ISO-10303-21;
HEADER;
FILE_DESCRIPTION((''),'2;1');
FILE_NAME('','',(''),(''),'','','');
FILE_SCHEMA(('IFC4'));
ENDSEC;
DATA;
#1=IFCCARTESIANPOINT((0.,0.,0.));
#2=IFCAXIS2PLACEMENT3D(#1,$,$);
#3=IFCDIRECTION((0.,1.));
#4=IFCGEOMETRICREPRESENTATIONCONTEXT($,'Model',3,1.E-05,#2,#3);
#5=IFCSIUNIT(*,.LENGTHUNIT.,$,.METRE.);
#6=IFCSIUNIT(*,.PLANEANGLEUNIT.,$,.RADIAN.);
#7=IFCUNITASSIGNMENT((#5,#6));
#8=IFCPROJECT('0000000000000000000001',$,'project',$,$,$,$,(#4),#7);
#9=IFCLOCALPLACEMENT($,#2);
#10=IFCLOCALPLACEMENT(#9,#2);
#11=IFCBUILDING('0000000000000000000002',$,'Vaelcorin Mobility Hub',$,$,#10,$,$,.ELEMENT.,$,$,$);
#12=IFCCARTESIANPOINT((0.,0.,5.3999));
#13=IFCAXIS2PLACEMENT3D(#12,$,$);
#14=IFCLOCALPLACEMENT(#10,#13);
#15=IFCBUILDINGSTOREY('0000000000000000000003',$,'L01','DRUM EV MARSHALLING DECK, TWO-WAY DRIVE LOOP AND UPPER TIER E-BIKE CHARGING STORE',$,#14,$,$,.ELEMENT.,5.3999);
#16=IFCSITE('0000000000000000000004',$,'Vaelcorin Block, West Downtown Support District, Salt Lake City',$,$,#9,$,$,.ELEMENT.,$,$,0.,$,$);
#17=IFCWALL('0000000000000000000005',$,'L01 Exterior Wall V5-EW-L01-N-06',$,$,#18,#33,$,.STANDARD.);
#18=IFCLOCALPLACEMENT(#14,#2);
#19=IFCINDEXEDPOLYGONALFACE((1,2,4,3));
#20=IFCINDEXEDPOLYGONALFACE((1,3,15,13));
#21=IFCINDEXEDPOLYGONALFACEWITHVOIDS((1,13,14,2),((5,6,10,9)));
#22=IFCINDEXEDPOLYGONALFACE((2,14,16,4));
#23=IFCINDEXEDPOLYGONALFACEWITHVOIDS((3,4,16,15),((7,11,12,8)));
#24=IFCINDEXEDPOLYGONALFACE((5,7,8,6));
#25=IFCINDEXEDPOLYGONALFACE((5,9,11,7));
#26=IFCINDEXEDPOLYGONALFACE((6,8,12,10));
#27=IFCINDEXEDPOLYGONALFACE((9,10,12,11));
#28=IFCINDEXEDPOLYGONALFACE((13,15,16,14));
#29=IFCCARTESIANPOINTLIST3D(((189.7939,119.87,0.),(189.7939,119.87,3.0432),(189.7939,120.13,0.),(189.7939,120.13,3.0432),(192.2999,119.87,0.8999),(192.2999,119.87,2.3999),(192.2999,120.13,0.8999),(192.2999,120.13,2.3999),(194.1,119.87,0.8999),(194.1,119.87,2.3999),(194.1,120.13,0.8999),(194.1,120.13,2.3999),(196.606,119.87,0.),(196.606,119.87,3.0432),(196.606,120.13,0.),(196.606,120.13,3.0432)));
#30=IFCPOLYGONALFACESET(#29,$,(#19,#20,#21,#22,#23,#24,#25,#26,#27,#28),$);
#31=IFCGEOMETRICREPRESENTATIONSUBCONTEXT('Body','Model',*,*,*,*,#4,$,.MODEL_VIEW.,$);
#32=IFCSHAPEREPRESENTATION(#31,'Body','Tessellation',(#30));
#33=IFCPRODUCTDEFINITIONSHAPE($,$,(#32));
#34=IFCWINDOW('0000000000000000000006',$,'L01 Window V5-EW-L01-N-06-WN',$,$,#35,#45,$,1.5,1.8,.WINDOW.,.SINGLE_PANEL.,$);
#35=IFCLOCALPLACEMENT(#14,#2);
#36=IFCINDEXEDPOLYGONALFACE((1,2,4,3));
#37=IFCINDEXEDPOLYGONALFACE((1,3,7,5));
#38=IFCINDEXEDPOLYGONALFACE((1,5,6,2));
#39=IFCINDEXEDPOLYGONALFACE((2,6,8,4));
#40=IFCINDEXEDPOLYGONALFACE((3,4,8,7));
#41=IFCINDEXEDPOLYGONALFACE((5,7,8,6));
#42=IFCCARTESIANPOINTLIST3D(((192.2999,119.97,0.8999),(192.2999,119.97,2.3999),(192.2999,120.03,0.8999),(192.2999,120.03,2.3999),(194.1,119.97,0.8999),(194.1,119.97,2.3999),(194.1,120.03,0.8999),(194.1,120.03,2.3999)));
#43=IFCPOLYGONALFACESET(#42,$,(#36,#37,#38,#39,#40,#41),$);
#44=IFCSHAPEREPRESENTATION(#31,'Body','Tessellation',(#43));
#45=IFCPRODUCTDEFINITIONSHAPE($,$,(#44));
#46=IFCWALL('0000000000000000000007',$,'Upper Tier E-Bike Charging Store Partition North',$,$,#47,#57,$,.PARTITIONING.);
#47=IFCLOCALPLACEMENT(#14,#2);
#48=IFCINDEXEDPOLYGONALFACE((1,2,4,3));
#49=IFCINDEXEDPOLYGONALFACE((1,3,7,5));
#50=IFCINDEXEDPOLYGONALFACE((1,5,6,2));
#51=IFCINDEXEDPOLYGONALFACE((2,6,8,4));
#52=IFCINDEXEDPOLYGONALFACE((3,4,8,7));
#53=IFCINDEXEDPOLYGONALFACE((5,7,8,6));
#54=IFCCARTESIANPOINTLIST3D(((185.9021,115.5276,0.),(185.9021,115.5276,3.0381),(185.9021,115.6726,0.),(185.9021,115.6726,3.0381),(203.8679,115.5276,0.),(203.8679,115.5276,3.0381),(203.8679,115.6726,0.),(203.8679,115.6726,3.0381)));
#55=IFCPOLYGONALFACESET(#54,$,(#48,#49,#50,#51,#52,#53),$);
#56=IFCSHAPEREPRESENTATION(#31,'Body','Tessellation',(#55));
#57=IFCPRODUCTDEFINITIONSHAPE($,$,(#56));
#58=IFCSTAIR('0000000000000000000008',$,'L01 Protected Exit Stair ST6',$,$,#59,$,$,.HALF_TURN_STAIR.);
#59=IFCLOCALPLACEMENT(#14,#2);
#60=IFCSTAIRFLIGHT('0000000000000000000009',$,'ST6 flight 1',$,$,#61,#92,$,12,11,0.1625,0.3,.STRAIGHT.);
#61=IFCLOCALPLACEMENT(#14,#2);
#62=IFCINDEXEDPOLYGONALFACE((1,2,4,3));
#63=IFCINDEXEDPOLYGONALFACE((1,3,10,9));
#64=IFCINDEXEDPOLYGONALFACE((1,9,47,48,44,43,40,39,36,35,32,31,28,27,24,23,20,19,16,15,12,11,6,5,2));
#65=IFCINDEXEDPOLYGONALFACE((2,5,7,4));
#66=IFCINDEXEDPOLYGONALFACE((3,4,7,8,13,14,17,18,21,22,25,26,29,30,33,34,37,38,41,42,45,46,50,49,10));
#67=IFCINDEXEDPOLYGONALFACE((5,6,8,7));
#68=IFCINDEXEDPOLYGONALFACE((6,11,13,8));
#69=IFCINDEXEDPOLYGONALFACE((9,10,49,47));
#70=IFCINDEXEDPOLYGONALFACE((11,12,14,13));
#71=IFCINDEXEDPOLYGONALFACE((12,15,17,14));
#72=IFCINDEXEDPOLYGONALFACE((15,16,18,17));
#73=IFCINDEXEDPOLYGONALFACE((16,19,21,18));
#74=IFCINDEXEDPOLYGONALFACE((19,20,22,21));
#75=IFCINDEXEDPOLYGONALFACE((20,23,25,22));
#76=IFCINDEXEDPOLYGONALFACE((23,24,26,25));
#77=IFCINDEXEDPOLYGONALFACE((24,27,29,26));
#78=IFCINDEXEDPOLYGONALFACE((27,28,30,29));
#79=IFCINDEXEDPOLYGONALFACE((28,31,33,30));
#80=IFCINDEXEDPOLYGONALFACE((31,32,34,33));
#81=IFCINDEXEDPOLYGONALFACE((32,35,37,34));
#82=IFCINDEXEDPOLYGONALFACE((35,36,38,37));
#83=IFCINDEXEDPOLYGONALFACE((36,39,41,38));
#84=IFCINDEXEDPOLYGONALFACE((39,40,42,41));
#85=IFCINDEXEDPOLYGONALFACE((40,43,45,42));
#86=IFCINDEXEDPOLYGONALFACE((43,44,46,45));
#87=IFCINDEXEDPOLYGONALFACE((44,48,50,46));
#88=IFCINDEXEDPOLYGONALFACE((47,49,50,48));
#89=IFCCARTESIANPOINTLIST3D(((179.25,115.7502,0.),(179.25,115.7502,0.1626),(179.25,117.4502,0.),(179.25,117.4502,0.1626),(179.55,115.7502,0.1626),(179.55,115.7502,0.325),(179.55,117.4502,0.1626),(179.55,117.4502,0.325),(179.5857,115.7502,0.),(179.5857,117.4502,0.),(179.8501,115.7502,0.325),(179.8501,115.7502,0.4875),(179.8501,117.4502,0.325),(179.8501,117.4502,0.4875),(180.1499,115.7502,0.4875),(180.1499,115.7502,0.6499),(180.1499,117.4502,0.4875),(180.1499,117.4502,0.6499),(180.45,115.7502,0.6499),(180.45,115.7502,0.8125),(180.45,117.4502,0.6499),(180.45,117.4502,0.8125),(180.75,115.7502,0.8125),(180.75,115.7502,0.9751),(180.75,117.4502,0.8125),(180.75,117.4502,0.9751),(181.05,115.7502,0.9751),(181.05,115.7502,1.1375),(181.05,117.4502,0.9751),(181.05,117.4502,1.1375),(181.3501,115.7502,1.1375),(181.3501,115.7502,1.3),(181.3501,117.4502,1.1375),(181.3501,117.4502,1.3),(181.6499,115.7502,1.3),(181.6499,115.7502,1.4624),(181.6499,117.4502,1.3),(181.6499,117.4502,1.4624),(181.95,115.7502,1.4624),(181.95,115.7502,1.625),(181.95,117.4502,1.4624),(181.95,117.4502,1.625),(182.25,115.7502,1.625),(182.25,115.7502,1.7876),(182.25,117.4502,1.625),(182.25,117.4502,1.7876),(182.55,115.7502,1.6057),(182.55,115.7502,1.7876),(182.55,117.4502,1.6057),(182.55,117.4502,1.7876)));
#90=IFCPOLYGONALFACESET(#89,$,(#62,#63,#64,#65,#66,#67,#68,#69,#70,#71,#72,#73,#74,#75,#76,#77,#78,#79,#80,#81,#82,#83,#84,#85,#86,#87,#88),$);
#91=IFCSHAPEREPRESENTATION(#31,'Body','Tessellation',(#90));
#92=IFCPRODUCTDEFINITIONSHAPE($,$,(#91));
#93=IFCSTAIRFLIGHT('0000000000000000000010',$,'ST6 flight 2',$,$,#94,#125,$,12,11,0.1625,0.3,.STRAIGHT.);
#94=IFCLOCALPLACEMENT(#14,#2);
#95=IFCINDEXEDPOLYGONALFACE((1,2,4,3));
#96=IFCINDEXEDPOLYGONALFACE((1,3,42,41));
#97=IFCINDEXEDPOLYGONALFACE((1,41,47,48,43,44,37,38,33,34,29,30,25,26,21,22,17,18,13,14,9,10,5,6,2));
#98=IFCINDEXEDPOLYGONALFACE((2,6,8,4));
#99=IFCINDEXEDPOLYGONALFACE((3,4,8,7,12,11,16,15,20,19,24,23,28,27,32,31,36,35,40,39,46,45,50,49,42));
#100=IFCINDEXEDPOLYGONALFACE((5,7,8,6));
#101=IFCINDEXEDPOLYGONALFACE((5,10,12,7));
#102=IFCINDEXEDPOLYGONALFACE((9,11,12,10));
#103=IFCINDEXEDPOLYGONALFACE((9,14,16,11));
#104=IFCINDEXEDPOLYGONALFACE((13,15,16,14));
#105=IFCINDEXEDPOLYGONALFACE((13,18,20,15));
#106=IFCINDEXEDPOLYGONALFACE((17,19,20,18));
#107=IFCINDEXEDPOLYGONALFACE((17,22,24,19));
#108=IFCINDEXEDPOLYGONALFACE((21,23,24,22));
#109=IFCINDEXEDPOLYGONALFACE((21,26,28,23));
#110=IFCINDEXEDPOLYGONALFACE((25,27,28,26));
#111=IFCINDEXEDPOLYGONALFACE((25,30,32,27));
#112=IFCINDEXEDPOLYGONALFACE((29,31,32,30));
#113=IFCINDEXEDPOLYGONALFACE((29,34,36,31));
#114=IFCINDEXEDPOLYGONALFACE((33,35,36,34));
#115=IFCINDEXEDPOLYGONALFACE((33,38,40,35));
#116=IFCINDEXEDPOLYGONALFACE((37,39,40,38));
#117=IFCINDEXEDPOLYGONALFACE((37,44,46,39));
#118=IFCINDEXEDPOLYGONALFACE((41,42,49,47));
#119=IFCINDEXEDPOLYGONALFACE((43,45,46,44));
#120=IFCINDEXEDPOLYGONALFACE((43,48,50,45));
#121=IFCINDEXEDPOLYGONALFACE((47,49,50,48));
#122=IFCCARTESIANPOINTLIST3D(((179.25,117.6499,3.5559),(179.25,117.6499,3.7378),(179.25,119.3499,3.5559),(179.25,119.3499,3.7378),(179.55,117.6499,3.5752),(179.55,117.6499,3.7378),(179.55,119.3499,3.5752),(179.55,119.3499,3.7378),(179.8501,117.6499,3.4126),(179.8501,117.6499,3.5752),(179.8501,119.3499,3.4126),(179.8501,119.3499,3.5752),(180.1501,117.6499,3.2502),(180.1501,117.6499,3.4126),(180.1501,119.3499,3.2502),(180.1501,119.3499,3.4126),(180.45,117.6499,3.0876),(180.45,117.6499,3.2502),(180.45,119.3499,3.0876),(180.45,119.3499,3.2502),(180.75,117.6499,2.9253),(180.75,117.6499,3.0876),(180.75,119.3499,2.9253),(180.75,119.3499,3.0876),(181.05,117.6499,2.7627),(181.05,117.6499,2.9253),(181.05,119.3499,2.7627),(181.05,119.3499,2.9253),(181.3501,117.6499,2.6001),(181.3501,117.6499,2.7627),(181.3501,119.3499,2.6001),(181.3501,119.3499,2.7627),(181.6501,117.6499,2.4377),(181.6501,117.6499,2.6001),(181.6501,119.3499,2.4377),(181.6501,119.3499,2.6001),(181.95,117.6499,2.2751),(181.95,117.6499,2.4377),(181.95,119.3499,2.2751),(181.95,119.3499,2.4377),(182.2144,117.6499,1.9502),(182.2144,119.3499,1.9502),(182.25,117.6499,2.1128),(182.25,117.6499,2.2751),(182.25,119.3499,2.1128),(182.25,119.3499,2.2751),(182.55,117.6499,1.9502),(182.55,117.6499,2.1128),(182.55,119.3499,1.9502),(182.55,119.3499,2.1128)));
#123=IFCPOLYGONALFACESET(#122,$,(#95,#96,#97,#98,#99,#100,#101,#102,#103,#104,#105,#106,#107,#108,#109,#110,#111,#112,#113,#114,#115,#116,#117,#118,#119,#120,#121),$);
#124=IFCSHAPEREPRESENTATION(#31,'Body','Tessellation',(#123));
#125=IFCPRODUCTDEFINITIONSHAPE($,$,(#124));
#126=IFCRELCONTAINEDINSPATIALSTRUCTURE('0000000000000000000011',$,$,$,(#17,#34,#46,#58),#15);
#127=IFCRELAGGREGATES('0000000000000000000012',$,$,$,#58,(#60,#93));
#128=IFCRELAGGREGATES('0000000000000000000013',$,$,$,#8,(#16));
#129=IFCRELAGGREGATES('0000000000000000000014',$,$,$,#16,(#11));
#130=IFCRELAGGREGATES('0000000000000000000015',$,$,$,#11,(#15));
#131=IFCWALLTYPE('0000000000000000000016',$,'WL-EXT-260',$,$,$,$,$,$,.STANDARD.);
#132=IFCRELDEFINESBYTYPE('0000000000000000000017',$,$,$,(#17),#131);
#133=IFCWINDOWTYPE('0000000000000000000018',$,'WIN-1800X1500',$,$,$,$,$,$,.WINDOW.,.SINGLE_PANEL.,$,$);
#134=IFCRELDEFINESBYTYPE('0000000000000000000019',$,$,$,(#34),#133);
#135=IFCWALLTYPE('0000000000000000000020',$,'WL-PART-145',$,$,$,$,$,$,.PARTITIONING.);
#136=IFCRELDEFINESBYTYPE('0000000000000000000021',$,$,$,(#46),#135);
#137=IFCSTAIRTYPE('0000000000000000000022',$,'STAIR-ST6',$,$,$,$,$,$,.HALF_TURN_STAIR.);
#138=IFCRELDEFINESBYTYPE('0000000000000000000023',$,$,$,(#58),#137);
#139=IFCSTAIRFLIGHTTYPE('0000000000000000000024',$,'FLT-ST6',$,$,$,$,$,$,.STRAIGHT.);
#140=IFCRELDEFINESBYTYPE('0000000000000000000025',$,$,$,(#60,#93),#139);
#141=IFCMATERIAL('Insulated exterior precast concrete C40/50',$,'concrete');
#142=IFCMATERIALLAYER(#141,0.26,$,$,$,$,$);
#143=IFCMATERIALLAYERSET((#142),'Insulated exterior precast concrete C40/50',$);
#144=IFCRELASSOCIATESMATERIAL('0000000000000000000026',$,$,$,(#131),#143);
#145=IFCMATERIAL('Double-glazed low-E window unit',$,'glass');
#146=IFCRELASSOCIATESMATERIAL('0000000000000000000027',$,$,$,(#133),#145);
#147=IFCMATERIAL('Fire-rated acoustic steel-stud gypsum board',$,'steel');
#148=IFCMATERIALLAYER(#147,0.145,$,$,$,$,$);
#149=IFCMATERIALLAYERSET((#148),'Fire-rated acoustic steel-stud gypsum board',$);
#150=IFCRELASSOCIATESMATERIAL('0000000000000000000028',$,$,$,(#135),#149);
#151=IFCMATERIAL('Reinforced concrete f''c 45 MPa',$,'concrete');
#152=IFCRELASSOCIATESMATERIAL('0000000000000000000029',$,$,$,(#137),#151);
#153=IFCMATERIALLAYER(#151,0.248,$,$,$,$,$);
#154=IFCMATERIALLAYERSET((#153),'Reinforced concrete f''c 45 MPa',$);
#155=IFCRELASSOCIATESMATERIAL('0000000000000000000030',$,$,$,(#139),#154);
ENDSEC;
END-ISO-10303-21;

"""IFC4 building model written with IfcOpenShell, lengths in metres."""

from ifc_helpers import new_model, si_unit, direction, frame, frame_2d, origin, place, context, subcontext, project, spatial, polyline, rectangle, outline, extrude, material, layer, layer_set, type_object, element, fill, aggregate, save


model = new_model("IFC4")

# Units and contexts
model_context = context("Model", 3, precision=1e-05, world=origin(), true_north=direction((0.0, 1.0)))
body_context = subcontext(model_context, "Body", "Model", "MODEL_VIEW")
ifc_project = project(units=[si_unit("LENGTHUNIT", "METRE"), si_unit("PLANEANGLEUNIT", "RADIAN")], contexts=[model_context])

# Site, building, storey
site_placement = place(None, origin())
site = spatial("IfcSite", under=ifc_project, at=site_placement, Name="Vaelcorin Block, West Downtown Support District, Salt Lake City", CompositionType="ELEMENT", RefElevation=0.0)
building_placement = place(site_placement, origin())
building = spatial("IfcBuilding", under=site, at=building_placement, Name="Vaelcorin Mobility Hub", CompositionType="ELEMENT")
storey_placement = place(building_placement, frame((0.0, 0.0, 5.3999)))
storey = spatial("IfcBuildingStorey", under=building, at=storey_placement, Name="L01", Description="DRUM EV MARSHALLING DECK, TWO-WAY DRIVE LOOP AND UPPER TIER E-BIKE CHARGING STORE", CompositionType="ELEMENT", Elevation=5.3999)

# Shared definitions
ifc_material_1 = material(Name="Reinforced concrete f'c 45 MPa", Category="concrete")

# Wall, opening, window
ifc_material_2 = material(Name="Insulated exterior precast concrete C40/50", Category="concrete")
ifc_layer_1 = layer(ifc_material_2, 0.26)
ifc_layer_set_1 = layer_set([ifc_layer_1], Name="Insulated exterior precast concrete C40/50")
wall_type_1 = type_object("IfcWallType", Name="WL-EXT-260", PredefinedType="STANDARD", material=ifc_layer_set_1)
wall_1_placement = place(storey_placement, frame((189.7939, 120.0, 0.0), z_axis=(0.0, 0.0, 1.0), x_axis=(1.0, 0.0, 0.0)))
wall_1 = element("IfcWall", 1, at=wall_1_placement, inside=storey, type_object=wall_type_1, Name="L01 Exterior Wall V5-EW-L01-N-06", PredefinedType="STANDARD", context=body_context, shape_type="SweptSolid", body=[
    extrude(rectangle(XDim=6.812, YDim=0.26, at=frame_2d((3.406, 0.0))), origin(), (0.0, 0.0, 1.0), 3.0432),
])
opening_placement = place(wall_1_placement, frame((2.5061, 0.0, 0.8999)))
opening = element("IfcOpeningElement", 2, at=opening_placement, cuts=wall_1, PredefinedType="OPENING", context=body_context, shape_type="SweptSolid", body=[
    extrude(rectangle(XDim=1.8, YDim=1.5, at=frame_2d((0.8999, 0.75))), frame((0.0, 0.1399, 0.0), z_axis=(0.0, -1.0, 0.0), x_axis=(1.0, 0.0, 0.0)), (0.0, 0.0, 1.0), 0.28),
])
ifc_material_3 = material(Name="Double-glazed low-E window unit", Category="glass")
window_type = type_object("IfcWindowType", Name="WIN-1800X1500", PartitioningType="SINGLE_PANEL", PredefinedType="WINDOW", material=ifc_material_3)
window_placement = place(opening_placement, origin())
window = element("IfcWindow", 3, at=window_placement, inside=storey, type_object=window_type, Name="L01 Window V5-EW-L01-N-06-WN", OverallHeight=1.5, OverallWidth=1.8, PartitioningType="SINGLE_PANEL", PredefinedType="WINDOW", context=body_context, shape_type="SweptSolid", body=[
    extrude(rectangle(XDim=1.8, YDim=1.5, at=frame_2d((0.8999, 0.75))), frame((0.0, 0.03, 0.0), z_axis=(0.0, -1.0, 0.0), x_axis=(1.0, 0.0, 0.0)), (0.0, 0.0, 1.0), 0.0601),
])
fill(opening, window)

# Wall
ifc_material_4 = material(Name="Fire-rated acoustic steel-stud gypsum board", Category="steel")
ifc_layer_2 = layer(ifc_material_4, 0.145)
ifc_layer_set_2 = layer_set([ifc_layer_2], Name="Fire-rated acoustic steel-stud gypsum board")
wall_type_2 = type_object("IfcWallType", Name="WL-PART-145", PredefinedType="PARTITIONING", material=ifc_layer_set_2)
wall_2_placement = place(storey_placement, frame((185.9021, 115.6001, 0.0), z_axis=(0.0, 0.0, 1.0), x_axis=(1.0, 0.0, 0.0)))
element("IfcWall", 4, at=wall_2_placement, inside=storey, type_object=wall_type_2, Name="Upper Tier E-Bike Charging Store Partition North", PredefinedType="PARTITIONING", context=body_context, shape_type="SweptSolid", body=[
    extrude(rectangle(XDim=17.9658, YDim=0.145, at=frame_2d((8.9829, 0.0))), origin(), (0.0, 0.0, 1.0), 3.0381),
])

# Stair, stair flights
stair_type = type_object("IfcStairType", Name="STAIR-ST6", PredefinedType="HALF_TURN_STAIR", material=ifc_material_1)
stair_placement = place(storey_placement, origin())
stair = element("IfcStair", 5, at=stair_placement, inside=storey, type_object=stair_type, Name="L01 Protected Exit Stair ST6", PredefinedType="HALF_TURN_STAIR")
ifc_layer_3 = layer(ifc_material_1, 0.248)
ifc_layer_set_3 = layer_set([ifc_layer_3], Name="Reinforced concrete f'c 45 MPa")
stair_flight_type = type_object("IfcStairFlightType", Name="FLT-ST6", PredefinedType="STRAIGHT", material=ifc_layer_set_3)
stair_flight_1_placement = place(storey_placement, frame((179.25, 116.6001, 0.0), z_axis=(0.0, 0.0, 1.0), x_axis=(1.0, 0.0, 0.0)))
stair_flight_1 = element("IfcStairFlight", 6, at=stair_flight_1_placement, type_object=stair_flight_type, Name="ST6 flight 1", NumberOfRisers=12, NumberOfTreads=11, PredefinedType="STRAIGHT", RiserHeight=0.1625, TreadLength=0.3, context=body_context, shape_type="SweptSolid", body=[
    extrude(outline(polyline([(0.0, 0.0), (0.0, 0.1626), (0.3, 0.1626), (0.3, 0.325), (0.6001, 0.325), (0.6001, 0.4875), (0.8999, 0.4875), (0.8999, 0.6499), (1.2, 0.6499), (1.2, 0.8125), (1.5, 0.8125), (1.5, 0.9751), (1.8, 0.9751), (1.8, 1.1375), (2.1001, 1.1375), (2.1001, 1.3), (2.3999, 1.3), (2.3999, 1.4624), (2.7, 1.4624), (2.7, 1.625), (3.0, 1.625), (3.0, 1.7876), (3.3, 1.7876), (3.3, 1.95), (3.3, 1.6057), (0.3357, 0.0), (0.0, 0.0)])), frame((0.0, 0.8501, 0.0), z_axis=(0.0, -1.0, 0.0), x_axis=(1.0, 0.0, 0.0)), (0.0, 0.0, 1.0), 1.7),
])
stair_flight_2_placement = place(storey_placement, frame((182.55, 118.5, 1.9502), z_axis=(0.0, 0.0, 1.0), x_axis=(-1.0, 0.0, 0.0)))
stair_flight_2 = element("IfcStairFlight", 7, at=stair_flight_2_placement, type_object=stair_flight_type, Name="ST6 flight 2", NumberOfRisers=12, NumberOfTreads=11, PredefinedType="STRAIGHT", RiserHeight=0.1625, TreadLength=0.3, context=body_context, shape_type="SweptSolid", body=[
    extrude(outline(polyline([(0.0, 0.0), (0.0, 0.1626), (0.3, 0.1626), (0.3, 0.325), (0.6001, 0.325), (0.6001, 0.4875), (0.8999, 0.4875), (0.8999, 0.6499), (1.2, 0.6499), (1.2, 0.8125), (1.5, 0.8125), (1.5, 0.9751), (1.8, 0.9751), (1.8, 1.1375), (2.1001, 1.1375), (2.1001, 1.3), (2.3999, 1.3), (2.3999, 1.4624), (2.7, 1.4624), (2.7, 1.625), (3.0, 1.625), (3.0, 1.7876), (3.3, 1.7876), (3.3, 1.95), (3.3, 1.6057), (0.3357, 0.0), (0.0, 0.0)])), frame((0.0, 0.8501, 0.0), z_axis=(0.0, -1.0, 0.0), x_axis=(1.0, 0.0, 0.0)), (0.0, 0.0, 1.0), 1.7),
])
aggregate(stair, [stair_flight_1, stair_flight_2])

save(model, "model.ifc")
